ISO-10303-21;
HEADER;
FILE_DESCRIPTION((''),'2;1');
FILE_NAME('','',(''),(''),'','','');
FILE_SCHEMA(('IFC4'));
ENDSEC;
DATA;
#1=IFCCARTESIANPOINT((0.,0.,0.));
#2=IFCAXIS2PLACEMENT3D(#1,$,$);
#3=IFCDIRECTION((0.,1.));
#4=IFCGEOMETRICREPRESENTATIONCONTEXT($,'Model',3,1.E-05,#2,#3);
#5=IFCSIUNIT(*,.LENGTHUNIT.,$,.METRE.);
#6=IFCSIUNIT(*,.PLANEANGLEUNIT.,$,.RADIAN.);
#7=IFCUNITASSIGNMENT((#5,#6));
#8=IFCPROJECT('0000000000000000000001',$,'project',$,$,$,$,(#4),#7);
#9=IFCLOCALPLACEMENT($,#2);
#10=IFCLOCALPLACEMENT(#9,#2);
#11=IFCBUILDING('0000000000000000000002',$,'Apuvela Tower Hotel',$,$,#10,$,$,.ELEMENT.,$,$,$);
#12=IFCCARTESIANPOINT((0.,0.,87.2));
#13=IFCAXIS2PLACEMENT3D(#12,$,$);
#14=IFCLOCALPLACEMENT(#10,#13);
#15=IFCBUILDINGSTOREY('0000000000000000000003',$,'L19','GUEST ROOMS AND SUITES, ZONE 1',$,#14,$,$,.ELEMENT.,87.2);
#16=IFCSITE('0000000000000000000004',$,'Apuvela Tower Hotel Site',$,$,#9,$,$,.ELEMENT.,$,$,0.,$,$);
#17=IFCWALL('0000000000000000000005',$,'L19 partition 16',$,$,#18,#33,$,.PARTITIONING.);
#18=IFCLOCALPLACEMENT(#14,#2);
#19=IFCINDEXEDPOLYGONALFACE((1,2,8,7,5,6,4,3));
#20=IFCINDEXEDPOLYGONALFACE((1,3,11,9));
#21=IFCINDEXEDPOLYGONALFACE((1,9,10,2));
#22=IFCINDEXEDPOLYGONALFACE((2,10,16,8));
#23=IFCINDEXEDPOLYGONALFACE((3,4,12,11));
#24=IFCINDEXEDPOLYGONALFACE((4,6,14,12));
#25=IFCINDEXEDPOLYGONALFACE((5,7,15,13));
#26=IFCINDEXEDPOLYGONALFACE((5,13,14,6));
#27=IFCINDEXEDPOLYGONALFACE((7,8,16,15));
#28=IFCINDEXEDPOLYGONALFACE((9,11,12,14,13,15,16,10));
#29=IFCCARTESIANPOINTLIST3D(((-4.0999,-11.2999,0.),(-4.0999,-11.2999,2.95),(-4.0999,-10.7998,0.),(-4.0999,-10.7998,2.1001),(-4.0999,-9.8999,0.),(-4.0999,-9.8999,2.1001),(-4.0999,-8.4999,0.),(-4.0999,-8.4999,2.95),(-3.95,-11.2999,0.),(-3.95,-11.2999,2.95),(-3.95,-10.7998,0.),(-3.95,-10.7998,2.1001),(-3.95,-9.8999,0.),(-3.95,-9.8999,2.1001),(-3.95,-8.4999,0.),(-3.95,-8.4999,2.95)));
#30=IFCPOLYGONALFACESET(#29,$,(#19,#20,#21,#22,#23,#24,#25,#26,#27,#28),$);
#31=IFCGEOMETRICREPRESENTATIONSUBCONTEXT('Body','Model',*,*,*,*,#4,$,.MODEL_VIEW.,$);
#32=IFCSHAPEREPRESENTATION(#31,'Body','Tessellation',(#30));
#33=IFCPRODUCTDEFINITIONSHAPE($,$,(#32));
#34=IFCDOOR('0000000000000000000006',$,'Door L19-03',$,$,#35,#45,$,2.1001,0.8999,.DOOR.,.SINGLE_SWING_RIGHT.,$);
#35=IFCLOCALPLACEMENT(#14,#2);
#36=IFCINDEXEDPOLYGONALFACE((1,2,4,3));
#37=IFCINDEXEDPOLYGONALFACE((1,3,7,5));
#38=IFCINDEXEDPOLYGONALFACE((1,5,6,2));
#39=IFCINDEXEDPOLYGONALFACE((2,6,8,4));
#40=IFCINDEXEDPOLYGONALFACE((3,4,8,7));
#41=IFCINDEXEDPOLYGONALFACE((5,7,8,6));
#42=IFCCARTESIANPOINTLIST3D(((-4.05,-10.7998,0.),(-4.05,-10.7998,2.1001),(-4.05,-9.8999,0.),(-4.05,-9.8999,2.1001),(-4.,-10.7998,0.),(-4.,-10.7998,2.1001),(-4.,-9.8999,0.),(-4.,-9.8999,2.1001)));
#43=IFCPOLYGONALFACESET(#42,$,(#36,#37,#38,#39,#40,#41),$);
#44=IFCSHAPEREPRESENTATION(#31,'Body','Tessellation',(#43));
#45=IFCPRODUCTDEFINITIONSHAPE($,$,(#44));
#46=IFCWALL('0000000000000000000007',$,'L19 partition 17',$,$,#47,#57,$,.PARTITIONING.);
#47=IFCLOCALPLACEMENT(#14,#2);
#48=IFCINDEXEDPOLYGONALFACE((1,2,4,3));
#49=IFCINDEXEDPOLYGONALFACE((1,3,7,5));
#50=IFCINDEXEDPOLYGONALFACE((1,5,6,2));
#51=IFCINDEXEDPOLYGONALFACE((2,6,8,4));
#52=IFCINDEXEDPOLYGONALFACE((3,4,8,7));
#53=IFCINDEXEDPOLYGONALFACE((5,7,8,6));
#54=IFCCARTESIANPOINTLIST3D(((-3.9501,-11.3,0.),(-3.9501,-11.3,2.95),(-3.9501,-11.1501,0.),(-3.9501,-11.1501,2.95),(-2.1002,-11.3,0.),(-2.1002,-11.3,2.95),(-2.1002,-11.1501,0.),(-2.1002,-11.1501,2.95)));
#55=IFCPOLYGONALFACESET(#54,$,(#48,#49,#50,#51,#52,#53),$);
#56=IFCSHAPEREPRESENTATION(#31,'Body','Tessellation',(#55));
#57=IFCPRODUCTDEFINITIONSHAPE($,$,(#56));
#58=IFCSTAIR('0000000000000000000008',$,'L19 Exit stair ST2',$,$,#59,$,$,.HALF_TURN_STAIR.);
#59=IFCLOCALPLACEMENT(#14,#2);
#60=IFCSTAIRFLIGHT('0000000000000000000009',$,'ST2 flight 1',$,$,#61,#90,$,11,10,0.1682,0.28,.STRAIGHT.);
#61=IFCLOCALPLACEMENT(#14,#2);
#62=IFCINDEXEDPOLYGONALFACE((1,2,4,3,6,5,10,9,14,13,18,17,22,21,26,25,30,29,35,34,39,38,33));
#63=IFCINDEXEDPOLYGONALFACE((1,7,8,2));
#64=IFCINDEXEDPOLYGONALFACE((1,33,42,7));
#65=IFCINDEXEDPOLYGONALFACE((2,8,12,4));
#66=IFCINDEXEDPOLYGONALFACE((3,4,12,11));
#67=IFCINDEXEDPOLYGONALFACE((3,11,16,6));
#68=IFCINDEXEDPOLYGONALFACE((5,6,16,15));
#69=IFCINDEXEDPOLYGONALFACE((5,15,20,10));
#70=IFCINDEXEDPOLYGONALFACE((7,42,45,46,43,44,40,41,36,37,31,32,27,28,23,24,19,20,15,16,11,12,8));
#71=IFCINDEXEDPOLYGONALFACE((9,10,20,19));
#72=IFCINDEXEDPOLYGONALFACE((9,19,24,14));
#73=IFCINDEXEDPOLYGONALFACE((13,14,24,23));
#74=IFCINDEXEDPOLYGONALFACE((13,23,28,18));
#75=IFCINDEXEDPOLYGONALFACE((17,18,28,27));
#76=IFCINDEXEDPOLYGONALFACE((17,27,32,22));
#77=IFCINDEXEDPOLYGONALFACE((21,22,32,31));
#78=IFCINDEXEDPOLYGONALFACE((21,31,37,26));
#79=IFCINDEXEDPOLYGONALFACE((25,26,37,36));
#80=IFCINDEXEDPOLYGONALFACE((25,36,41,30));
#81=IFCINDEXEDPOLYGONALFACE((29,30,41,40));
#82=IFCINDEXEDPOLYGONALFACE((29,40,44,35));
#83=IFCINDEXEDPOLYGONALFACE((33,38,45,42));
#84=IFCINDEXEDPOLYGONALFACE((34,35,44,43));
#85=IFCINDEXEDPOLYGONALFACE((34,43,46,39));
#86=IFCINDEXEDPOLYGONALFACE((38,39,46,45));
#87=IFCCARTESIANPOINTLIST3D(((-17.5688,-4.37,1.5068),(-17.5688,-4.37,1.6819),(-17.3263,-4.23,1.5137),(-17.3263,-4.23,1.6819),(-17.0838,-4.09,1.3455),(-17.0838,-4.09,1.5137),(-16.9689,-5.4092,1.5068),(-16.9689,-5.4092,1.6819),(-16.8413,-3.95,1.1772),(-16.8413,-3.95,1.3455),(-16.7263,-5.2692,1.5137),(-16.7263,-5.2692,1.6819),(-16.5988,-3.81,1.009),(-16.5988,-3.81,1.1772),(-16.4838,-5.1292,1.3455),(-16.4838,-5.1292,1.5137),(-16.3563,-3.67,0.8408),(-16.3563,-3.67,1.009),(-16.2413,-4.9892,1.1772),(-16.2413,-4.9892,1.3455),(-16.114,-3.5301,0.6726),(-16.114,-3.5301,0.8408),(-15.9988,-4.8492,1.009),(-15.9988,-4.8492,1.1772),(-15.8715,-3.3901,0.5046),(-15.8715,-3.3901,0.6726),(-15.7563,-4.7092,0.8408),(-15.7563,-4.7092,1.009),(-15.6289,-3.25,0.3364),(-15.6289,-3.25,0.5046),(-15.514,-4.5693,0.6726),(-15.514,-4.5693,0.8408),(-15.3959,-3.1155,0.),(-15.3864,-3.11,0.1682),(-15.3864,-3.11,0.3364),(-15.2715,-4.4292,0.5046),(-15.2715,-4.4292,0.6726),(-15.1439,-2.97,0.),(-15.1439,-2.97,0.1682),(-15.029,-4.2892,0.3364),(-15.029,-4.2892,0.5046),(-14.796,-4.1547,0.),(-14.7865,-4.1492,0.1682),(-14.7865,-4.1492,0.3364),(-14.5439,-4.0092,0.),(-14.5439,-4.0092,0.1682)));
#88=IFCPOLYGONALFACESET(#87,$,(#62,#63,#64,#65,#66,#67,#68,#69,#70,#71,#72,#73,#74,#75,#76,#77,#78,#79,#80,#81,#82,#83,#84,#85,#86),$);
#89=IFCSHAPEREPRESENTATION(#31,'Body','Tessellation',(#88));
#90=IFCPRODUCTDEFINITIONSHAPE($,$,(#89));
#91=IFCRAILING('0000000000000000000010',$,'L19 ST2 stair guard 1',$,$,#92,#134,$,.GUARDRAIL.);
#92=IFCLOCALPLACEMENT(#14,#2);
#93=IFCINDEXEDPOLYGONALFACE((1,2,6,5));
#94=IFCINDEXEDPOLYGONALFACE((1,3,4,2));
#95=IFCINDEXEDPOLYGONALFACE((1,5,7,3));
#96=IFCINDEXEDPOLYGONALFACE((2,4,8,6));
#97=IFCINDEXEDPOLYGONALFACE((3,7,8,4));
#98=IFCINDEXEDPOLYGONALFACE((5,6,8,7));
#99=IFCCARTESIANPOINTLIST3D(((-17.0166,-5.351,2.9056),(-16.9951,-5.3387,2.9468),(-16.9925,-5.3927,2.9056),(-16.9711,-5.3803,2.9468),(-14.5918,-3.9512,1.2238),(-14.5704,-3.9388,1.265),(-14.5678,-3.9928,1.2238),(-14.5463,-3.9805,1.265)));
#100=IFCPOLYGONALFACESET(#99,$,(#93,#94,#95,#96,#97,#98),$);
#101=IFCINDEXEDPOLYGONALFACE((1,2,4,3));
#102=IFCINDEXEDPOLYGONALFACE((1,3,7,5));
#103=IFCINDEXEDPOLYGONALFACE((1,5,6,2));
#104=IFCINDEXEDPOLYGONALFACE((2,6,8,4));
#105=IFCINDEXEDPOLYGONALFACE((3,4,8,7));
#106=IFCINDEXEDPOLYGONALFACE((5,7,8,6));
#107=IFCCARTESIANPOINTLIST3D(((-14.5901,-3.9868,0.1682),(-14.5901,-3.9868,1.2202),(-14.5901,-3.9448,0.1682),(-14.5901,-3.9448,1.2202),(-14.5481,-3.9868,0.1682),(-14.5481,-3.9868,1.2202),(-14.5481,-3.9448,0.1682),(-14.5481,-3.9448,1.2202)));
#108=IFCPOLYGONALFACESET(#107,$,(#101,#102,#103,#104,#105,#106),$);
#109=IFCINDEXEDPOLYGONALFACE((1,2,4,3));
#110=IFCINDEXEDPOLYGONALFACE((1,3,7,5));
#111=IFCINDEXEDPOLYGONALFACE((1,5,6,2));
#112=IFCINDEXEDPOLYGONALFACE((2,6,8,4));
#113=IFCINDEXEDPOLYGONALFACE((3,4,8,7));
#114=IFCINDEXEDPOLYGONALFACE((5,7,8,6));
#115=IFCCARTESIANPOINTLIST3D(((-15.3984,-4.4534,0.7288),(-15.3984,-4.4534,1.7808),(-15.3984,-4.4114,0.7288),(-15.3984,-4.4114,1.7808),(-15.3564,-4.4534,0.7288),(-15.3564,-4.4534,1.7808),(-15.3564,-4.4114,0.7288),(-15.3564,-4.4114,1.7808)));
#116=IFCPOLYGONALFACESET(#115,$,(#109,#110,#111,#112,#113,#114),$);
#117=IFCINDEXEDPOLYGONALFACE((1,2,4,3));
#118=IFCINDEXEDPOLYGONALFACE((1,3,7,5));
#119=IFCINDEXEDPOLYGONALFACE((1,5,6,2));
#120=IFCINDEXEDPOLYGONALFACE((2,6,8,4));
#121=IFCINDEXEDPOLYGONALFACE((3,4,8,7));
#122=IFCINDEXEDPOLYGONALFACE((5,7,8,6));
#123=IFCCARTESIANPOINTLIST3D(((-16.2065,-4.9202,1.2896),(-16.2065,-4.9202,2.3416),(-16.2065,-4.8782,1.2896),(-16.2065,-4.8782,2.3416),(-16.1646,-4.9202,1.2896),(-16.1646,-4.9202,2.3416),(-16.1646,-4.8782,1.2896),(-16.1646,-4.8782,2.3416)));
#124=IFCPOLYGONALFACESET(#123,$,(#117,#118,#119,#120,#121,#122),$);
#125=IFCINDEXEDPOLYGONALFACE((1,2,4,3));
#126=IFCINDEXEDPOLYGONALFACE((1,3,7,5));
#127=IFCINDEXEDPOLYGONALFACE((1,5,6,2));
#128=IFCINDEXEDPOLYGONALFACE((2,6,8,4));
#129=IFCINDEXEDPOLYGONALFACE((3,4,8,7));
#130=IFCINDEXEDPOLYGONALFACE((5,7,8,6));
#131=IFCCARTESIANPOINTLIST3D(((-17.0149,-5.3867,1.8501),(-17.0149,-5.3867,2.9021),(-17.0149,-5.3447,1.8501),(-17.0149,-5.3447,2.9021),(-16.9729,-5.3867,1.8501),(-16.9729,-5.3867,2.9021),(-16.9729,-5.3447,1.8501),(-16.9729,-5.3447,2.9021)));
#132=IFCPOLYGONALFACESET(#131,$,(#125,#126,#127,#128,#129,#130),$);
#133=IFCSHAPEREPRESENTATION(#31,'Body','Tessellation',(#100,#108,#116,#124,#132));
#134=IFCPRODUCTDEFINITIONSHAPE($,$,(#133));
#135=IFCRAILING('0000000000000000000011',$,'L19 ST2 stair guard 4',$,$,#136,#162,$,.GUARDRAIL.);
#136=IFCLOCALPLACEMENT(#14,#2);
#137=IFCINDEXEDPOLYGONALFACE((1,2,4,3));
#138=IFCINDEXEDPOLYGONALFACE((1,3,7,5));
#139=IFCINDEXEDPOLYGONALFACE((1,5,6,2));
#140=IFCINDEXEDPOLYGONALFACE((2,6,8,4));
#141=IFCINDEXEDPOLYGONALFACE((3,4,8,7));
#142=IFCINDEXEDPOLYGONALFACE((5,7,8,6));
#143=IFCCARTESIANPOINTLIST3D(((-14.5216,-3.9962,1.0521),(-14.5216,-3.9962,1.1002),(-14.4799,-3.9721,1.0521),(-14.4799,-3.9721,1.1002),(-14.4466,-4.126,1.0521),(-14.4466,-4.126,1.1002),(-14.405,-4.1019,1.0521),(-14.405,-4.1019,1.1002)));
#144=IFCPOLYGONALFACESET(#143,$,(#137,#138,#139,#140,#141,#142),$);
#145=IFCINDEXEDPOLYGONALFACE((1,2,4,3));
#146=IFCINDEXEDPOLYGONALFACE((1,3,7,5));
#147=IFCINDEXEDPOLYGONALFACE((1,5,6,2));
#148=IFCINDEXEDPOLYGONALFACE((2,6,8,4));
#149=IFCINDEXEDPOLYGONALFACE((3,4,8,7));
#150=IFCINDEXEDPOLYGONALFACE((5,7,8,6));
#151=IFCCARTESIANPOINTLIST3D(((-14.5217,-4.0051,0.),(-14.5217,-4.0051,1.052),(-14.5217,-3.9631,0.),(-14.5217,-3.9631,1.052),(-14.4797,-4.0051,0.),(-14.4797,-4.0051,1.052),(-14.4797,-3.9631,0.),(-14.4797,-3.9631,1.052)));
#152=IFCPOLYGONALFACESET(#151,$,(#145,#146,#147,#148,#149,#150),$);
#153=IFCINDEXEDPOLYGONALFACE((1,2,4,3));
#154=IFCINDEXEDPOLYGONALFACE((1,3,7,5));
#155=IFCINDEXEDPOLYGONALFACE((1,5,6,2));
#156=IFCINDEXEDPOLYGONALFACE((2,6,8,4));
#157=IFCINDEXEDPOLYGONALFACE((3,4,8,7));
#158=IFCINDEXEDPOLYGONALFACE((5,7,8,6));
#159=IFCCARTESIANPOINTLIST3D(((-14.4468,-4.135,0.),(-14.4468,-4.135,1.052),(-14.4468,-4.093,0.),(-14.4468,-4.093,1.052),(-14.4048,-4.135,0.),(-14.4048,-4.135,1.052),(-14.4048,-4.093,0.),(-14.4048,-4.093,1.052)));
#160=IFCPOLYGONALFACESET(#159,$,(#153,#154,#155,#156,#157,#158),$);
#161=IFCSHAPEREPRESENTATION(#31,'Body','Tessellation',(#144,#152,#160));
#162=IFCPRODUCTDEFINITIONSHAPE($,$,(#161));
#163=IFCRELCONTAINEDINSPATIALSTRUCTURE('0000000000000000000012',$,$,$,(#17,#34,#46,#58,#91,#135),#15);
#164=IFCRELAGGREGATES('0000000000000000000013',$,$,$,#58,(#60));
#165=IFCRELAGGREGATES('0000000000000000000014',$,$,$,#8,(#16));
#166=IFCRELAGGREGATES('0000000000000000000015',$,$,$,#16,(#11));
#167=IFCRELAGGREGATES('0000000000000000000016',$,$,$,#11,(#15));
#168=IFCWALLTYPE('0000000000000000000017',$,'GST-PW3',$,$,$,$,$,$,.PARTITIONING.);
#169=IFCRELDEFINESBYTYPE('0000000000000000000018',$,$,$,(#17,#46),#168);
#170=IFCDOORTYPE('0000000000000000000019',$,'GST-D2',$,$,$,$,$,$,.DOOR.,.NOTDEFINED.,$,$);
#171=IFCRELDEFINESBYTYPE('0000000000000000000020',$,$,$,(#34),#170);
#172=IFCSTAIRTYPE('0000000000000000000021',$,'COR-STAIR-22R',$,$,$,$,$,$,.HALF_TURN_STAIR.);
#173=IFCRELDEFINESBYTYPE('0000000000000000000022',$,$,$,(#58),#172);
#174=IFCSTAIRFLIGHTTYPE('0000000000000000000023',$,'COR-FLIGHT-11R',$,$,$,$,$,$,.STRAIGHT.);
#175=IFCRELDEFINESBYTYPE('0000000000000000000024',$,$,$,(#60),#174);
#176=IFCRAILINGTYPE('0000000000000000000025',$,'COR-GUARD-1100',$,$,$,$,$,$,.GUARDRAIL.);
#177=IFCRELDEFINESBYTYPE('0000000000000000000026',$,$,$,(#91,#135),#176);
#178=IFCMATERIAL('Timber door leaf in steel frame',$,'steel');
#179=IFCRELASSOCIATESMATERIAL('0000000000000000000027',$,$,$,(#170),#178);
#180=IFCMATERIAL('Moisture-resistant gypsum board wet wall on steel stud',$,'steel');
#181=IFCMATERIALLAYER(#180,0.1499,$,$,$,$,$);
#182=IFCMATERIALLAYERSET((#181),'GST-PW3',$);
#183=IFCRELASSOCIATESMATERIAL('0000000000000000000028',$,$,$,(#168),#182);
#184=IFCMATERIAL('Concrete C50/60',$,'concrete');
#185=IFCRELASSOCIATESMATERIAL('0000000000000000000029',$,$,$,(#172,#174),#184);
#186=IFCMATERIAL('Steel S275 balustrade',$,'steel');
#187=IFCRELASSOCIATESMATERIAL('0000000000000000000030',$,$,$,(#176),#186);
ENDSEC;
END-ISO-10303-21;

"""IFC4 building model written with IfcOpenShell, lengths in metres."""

from ifc_helpers import new_model, si_unit, direction, frame, frame_2d, origin, origin_2d, place, context, subcontext, project, spatial, polyline, rectangle, outline, extrude, material, layer, layer_set, type_object, element, fill, aggregate, save


model = new_model("IFC4")

# Units and contexts
model_context = context("Model", 3, precision=1e-05, world=origin(), true_north=direction((0.0, 1.0)))
body_context = subcontext(model_context, "Body", "Model", "MODEL_VIEW")
ifc_project = project(units=[si_unit("LENGTHUNIT", "METRE"), si_unit("PLANEANGLEUNIT", "RADIAN")], contexts=[model_context])

# Site, building, storey
site_placement = place(None, origin())
site = spatial("IfcSite", under=ifc_project, at=site_placement, Name="Apuvela Tower Hotel Site", CompositionType="ELEMENT", RefElevation=0.0)
building_placement = place(site_placement, origin())
building = spatial("IfcBuilding", under=site, at=building_placement, Name="Apuvela Tower Hotel", CompositionType="ELEMENT")
storey_placement = place(building_placement, frame((0.0, 0.0, 87.2)))
storey = spatial("IfcBuildingStorey", under=building, at=storey_placement, Name="L19", Description="GUEST ROOMS AND SUITES, ZONE 1", CompositionType="ELEMENT", Elevation=87.2)

# Shared definitions
ifc_material_1 = material(Name="Concrete C50/60", Category="concrete")

# Wall, opening, door
ifc_material_2 = material(Name="Timber door leaf in steel frame", Category="steel")
door_type_1 = type_object("IfcDoorType", Name="GST-D2", OperationType="NOTDEFINED", PredefinedType="DOOR", material=ifc_material_2)
ifc_material_3 = material(Name="Moisture-resistant gypsum board wet wall on steel stud", Category="steel")
ifc_layer_1 = layer(ifc_material_3, 0.1499)
ifc_layer_set_1 = layer_set([ifc_layer_1], Name="GST-PW3")
wall_type_1 = type_object("IfcWallType", Name="GST-PW3", PredefinedType="PARTITIONING", material=ifc_layer_set_1)
wall_1_placement = place(storey_placement, frame((-4.0249, -8.5, 0.0), z_axis=(0.0, 0.0, 1.0), x_axis=(0.0, -1.0, 0.0)))
wall_1 = element("IfcWall", 1, at=wall_1_placement, inside=storey, type_object=wall_type_1, Name="L19 partition 16", PredefinedType="PARTITIONING", context=body_context, shape_type="SweptSolid", body=[
    extrude(rectangle(XDim=2.8, YDim=0.1499, at=frame_2d((1.3999, 0.0))), origin(), (0.0, 0.0, 1.0), 2.95),
])
opening_1_placement = place(wall_1_placement, frame((1.3999, 0.0, 0.0)))
opening_1 = element("IfcOpeningElement", 2, at=opening_1_placement, cuts=wall_1, PredefinedType="OPENING", context=body_context, shape_type="SweptSolid", body=[
    extrude(rectangle(XDim=0.8999, YDim=2.1001, at=frame_2d((0.45, 1.05))), frame((0.0, 0.085, 0.0), z_axis=(0.0, -1.0, 0.0), x_axis=(1.0, 0.0, 0.0)), (0.0, 0.0, 1.0), 0.1699),
])
door_1_placement = place(opening_1_placement, origin())
door_1 = element("IfcDoor", 3, at=door_1_placement, inside=storey, type_object=door_type_1, Name="Door L19-03", OperationType="SINGLE_SWING_RIGHT", OverallHeight=2.1001, OverallWidth=0.8999, PredefinedType="DOOR", context=body_context, shape_type="SweptSolid", body=[
    extrude(rectangle(XDim=0.8999, YDim=2.1001, at=frame_2d((0.45, 1.05))), frame((0.0, 0.0249, 0.0), z_axis=(0.0, -1.0, 0.0), x_axis=(1.0, 0.0, 0.0)), (0.0, 0.0, 1.0), 0.05),
])
fill(opening_1, door_1)

# Wall
wall_2_placement = place(storey_placement, frame((-3.95, -11.2251, 0.0), z_axis=(0.0, 0.0, 1.0), x_axis=(1.0, 0.0, 0.0)))
element("IfcWall", 4, at=wall_2_placement, inside=storey, type_object=wall_type_1, Name="L19 partition 17", PredefinedType="PARTITIONING", context=body_context, shape_type="SweptSolid", body=[
    extrude(rectangle(XDim=1.8499, YDim=0.1499, at=frame_2d((0.9248, 0.0))), origin(), (0.0, 0.0, 1.0), 2.95),
])

# Stair, stair flight
stair_type = type_object("IfcStairType", Name="COR-STAIR-22R", PredefinedType="HALF_TURN_STAIR", material=ifc_material_1)
stair_placement = place(storey_placement, origin())
stair = element("IfcStair", 5, at=stair_placement, inside=storey, type_object=stair_type, Name="L19 Exit stair ST2", PredefinedType="HALF_TURN_STAIR")
stair_flight_type = type_object("IfcStairFlightType", Name="COR-FLIGHT-11R", PredefinedType="STRAIGHT", material=ifc_material_1)
stair_flight_placement = place(storey_placement, frame((-14.844, -3.4895, 0.0), z_axis=(0.0, 0.0, 1.0), x_axis=(-0.866025, -0.5, 0.0)))
stair_flight = element("IfcStairFlight", 6, at=stair_flight_placement, type_object=stair_flight_type, Name="ST2 flight 1", NumberOfRisers=11, NumberOfTreads=10, PredefinedType="STRAIGHT", RiserHeight=0.1682, TreadLength=0.28, context=body_context, shape_type="SweptSolid", body=[
    extrude(outline(polyline([(0.0, 0.0), (0.0, 0.1682), (0.28, 0.1682), (0.28, 0.3364), (0.5601, 0.3364), (0.5601, 0.5046), (0.8401, 0.5046), (0.8401, 0.6726), (1.1201, 0.6726), (1.1201, 0.8408), (1.3999, 0.8408), (1.3999, 1.009), (1.6799, 1.009), (1.6799, 1.1772), (1.96, 1.1772), (1.96, 1.3455), (2.24, 1.3455), (2.24, 1.5137), (2.52, 1.5137), (2.52, 1.6819), (2.8, 1.6819), (2.8, 1.8501), (2.8, 1.5068), (0.291, 0.0), (0.0, 0.0)])), frame((0.0, 0.6001, 0.0), z_axis=(0.0, -1.0, 0.0), x_axis=(1.0, 0.0, 0.0)), (0.0, 0.0, 1.0), 1.2),
])
aggregate(stair, [stair_flight])

# Railings
ifc_material_4 = material(Name="Steel S275 balustrade", Category="steel")
railing_type = type_object("IfcRailingType", Name="COR-GUARD-1100", PredefinedType="GUARDRAIL", material=ifc_material_4)
railing_1_placement = place(storey_placement, frame((-14.5691, -3.9658, 0.1682)))
element("IfcRailing", 7, at=railing_1_placement, inside=storey, type_object=railing_type, Name="L19 ST2 stair guard 1", PredefinedType="GUARDRAIL", context=body_context, shape_type="SweptSolid", body=[
    extrude(rectangle(XDim=0.0481, YDim=0.0481, at=origin_2d()), frame((0.0, 0.0, 1.0762), z_axis=(-0.74239, -0.428601, 0.514934), x_axis=(0.499984, -0.866035, 0.0)), (0.0, 0.0, 1.0), 3.2661),
    extrude(rectangle(XDim=0.042, YDim=0.042, at=origin_2d()), origin(), (0.0, 0.0, 1.0), 1.052),
    extrude(rectangle(XDim=0.042, YDim=0.042, at=origin_2d()), frame((-0.8083, -0.4666, 0.5605)), (0.0, 0.0, 1.0), 1.052),
    extrude(rectangle(XDim=0.042, YDim=0.042, at=origin_2d()), frame((-1.6165, -0.9333, 1.1213)), (0.0, 0.0, 1.0), 1.052),
    extrude(rectangle(XDim=0.042, YDim=0.042, at=origin_2d()), frame((-2.4248, -1.3999, 1.6819)), (0.0, 0.0, 1.0), 1.052),
])
railing_2_placement = place(storey_placement, frame((-14.5007, -3.9841, 0.0)))
element("IfcRailing", 8, at=railing_2_placement, inside=storey, type_object=railing_type, Name="L19 ST2 stair guard 4", PredefinedType="GUARDRAIL", context=body_context, shape_type="SweptSolid", body=[
    extrude(rectangle(XDim=0.0481, YDim=0.0481, at=origin_2d()), frame((0.0, 0.0, 1.0762), z_axis=(0.499816, -0.866131, 0.0), x_axis=(0.866131, 0.499816, 0.0)), (0.0, 0.0, 1.0), 0.1499),
    extrude(rectangle(XDim=0.042, YDim=0.042, at=origin_2d()), origin(), (0.0, 0.0, 1.0), 1.052),
    extrude(rectangle(XDim=0.042, YDim=0.042, at=origin_2d()), frame((0.075, -0.1299, 0.0)), (0.0, 0.0, 1.0), 1.052),
])

save(model, "model.ifc")
